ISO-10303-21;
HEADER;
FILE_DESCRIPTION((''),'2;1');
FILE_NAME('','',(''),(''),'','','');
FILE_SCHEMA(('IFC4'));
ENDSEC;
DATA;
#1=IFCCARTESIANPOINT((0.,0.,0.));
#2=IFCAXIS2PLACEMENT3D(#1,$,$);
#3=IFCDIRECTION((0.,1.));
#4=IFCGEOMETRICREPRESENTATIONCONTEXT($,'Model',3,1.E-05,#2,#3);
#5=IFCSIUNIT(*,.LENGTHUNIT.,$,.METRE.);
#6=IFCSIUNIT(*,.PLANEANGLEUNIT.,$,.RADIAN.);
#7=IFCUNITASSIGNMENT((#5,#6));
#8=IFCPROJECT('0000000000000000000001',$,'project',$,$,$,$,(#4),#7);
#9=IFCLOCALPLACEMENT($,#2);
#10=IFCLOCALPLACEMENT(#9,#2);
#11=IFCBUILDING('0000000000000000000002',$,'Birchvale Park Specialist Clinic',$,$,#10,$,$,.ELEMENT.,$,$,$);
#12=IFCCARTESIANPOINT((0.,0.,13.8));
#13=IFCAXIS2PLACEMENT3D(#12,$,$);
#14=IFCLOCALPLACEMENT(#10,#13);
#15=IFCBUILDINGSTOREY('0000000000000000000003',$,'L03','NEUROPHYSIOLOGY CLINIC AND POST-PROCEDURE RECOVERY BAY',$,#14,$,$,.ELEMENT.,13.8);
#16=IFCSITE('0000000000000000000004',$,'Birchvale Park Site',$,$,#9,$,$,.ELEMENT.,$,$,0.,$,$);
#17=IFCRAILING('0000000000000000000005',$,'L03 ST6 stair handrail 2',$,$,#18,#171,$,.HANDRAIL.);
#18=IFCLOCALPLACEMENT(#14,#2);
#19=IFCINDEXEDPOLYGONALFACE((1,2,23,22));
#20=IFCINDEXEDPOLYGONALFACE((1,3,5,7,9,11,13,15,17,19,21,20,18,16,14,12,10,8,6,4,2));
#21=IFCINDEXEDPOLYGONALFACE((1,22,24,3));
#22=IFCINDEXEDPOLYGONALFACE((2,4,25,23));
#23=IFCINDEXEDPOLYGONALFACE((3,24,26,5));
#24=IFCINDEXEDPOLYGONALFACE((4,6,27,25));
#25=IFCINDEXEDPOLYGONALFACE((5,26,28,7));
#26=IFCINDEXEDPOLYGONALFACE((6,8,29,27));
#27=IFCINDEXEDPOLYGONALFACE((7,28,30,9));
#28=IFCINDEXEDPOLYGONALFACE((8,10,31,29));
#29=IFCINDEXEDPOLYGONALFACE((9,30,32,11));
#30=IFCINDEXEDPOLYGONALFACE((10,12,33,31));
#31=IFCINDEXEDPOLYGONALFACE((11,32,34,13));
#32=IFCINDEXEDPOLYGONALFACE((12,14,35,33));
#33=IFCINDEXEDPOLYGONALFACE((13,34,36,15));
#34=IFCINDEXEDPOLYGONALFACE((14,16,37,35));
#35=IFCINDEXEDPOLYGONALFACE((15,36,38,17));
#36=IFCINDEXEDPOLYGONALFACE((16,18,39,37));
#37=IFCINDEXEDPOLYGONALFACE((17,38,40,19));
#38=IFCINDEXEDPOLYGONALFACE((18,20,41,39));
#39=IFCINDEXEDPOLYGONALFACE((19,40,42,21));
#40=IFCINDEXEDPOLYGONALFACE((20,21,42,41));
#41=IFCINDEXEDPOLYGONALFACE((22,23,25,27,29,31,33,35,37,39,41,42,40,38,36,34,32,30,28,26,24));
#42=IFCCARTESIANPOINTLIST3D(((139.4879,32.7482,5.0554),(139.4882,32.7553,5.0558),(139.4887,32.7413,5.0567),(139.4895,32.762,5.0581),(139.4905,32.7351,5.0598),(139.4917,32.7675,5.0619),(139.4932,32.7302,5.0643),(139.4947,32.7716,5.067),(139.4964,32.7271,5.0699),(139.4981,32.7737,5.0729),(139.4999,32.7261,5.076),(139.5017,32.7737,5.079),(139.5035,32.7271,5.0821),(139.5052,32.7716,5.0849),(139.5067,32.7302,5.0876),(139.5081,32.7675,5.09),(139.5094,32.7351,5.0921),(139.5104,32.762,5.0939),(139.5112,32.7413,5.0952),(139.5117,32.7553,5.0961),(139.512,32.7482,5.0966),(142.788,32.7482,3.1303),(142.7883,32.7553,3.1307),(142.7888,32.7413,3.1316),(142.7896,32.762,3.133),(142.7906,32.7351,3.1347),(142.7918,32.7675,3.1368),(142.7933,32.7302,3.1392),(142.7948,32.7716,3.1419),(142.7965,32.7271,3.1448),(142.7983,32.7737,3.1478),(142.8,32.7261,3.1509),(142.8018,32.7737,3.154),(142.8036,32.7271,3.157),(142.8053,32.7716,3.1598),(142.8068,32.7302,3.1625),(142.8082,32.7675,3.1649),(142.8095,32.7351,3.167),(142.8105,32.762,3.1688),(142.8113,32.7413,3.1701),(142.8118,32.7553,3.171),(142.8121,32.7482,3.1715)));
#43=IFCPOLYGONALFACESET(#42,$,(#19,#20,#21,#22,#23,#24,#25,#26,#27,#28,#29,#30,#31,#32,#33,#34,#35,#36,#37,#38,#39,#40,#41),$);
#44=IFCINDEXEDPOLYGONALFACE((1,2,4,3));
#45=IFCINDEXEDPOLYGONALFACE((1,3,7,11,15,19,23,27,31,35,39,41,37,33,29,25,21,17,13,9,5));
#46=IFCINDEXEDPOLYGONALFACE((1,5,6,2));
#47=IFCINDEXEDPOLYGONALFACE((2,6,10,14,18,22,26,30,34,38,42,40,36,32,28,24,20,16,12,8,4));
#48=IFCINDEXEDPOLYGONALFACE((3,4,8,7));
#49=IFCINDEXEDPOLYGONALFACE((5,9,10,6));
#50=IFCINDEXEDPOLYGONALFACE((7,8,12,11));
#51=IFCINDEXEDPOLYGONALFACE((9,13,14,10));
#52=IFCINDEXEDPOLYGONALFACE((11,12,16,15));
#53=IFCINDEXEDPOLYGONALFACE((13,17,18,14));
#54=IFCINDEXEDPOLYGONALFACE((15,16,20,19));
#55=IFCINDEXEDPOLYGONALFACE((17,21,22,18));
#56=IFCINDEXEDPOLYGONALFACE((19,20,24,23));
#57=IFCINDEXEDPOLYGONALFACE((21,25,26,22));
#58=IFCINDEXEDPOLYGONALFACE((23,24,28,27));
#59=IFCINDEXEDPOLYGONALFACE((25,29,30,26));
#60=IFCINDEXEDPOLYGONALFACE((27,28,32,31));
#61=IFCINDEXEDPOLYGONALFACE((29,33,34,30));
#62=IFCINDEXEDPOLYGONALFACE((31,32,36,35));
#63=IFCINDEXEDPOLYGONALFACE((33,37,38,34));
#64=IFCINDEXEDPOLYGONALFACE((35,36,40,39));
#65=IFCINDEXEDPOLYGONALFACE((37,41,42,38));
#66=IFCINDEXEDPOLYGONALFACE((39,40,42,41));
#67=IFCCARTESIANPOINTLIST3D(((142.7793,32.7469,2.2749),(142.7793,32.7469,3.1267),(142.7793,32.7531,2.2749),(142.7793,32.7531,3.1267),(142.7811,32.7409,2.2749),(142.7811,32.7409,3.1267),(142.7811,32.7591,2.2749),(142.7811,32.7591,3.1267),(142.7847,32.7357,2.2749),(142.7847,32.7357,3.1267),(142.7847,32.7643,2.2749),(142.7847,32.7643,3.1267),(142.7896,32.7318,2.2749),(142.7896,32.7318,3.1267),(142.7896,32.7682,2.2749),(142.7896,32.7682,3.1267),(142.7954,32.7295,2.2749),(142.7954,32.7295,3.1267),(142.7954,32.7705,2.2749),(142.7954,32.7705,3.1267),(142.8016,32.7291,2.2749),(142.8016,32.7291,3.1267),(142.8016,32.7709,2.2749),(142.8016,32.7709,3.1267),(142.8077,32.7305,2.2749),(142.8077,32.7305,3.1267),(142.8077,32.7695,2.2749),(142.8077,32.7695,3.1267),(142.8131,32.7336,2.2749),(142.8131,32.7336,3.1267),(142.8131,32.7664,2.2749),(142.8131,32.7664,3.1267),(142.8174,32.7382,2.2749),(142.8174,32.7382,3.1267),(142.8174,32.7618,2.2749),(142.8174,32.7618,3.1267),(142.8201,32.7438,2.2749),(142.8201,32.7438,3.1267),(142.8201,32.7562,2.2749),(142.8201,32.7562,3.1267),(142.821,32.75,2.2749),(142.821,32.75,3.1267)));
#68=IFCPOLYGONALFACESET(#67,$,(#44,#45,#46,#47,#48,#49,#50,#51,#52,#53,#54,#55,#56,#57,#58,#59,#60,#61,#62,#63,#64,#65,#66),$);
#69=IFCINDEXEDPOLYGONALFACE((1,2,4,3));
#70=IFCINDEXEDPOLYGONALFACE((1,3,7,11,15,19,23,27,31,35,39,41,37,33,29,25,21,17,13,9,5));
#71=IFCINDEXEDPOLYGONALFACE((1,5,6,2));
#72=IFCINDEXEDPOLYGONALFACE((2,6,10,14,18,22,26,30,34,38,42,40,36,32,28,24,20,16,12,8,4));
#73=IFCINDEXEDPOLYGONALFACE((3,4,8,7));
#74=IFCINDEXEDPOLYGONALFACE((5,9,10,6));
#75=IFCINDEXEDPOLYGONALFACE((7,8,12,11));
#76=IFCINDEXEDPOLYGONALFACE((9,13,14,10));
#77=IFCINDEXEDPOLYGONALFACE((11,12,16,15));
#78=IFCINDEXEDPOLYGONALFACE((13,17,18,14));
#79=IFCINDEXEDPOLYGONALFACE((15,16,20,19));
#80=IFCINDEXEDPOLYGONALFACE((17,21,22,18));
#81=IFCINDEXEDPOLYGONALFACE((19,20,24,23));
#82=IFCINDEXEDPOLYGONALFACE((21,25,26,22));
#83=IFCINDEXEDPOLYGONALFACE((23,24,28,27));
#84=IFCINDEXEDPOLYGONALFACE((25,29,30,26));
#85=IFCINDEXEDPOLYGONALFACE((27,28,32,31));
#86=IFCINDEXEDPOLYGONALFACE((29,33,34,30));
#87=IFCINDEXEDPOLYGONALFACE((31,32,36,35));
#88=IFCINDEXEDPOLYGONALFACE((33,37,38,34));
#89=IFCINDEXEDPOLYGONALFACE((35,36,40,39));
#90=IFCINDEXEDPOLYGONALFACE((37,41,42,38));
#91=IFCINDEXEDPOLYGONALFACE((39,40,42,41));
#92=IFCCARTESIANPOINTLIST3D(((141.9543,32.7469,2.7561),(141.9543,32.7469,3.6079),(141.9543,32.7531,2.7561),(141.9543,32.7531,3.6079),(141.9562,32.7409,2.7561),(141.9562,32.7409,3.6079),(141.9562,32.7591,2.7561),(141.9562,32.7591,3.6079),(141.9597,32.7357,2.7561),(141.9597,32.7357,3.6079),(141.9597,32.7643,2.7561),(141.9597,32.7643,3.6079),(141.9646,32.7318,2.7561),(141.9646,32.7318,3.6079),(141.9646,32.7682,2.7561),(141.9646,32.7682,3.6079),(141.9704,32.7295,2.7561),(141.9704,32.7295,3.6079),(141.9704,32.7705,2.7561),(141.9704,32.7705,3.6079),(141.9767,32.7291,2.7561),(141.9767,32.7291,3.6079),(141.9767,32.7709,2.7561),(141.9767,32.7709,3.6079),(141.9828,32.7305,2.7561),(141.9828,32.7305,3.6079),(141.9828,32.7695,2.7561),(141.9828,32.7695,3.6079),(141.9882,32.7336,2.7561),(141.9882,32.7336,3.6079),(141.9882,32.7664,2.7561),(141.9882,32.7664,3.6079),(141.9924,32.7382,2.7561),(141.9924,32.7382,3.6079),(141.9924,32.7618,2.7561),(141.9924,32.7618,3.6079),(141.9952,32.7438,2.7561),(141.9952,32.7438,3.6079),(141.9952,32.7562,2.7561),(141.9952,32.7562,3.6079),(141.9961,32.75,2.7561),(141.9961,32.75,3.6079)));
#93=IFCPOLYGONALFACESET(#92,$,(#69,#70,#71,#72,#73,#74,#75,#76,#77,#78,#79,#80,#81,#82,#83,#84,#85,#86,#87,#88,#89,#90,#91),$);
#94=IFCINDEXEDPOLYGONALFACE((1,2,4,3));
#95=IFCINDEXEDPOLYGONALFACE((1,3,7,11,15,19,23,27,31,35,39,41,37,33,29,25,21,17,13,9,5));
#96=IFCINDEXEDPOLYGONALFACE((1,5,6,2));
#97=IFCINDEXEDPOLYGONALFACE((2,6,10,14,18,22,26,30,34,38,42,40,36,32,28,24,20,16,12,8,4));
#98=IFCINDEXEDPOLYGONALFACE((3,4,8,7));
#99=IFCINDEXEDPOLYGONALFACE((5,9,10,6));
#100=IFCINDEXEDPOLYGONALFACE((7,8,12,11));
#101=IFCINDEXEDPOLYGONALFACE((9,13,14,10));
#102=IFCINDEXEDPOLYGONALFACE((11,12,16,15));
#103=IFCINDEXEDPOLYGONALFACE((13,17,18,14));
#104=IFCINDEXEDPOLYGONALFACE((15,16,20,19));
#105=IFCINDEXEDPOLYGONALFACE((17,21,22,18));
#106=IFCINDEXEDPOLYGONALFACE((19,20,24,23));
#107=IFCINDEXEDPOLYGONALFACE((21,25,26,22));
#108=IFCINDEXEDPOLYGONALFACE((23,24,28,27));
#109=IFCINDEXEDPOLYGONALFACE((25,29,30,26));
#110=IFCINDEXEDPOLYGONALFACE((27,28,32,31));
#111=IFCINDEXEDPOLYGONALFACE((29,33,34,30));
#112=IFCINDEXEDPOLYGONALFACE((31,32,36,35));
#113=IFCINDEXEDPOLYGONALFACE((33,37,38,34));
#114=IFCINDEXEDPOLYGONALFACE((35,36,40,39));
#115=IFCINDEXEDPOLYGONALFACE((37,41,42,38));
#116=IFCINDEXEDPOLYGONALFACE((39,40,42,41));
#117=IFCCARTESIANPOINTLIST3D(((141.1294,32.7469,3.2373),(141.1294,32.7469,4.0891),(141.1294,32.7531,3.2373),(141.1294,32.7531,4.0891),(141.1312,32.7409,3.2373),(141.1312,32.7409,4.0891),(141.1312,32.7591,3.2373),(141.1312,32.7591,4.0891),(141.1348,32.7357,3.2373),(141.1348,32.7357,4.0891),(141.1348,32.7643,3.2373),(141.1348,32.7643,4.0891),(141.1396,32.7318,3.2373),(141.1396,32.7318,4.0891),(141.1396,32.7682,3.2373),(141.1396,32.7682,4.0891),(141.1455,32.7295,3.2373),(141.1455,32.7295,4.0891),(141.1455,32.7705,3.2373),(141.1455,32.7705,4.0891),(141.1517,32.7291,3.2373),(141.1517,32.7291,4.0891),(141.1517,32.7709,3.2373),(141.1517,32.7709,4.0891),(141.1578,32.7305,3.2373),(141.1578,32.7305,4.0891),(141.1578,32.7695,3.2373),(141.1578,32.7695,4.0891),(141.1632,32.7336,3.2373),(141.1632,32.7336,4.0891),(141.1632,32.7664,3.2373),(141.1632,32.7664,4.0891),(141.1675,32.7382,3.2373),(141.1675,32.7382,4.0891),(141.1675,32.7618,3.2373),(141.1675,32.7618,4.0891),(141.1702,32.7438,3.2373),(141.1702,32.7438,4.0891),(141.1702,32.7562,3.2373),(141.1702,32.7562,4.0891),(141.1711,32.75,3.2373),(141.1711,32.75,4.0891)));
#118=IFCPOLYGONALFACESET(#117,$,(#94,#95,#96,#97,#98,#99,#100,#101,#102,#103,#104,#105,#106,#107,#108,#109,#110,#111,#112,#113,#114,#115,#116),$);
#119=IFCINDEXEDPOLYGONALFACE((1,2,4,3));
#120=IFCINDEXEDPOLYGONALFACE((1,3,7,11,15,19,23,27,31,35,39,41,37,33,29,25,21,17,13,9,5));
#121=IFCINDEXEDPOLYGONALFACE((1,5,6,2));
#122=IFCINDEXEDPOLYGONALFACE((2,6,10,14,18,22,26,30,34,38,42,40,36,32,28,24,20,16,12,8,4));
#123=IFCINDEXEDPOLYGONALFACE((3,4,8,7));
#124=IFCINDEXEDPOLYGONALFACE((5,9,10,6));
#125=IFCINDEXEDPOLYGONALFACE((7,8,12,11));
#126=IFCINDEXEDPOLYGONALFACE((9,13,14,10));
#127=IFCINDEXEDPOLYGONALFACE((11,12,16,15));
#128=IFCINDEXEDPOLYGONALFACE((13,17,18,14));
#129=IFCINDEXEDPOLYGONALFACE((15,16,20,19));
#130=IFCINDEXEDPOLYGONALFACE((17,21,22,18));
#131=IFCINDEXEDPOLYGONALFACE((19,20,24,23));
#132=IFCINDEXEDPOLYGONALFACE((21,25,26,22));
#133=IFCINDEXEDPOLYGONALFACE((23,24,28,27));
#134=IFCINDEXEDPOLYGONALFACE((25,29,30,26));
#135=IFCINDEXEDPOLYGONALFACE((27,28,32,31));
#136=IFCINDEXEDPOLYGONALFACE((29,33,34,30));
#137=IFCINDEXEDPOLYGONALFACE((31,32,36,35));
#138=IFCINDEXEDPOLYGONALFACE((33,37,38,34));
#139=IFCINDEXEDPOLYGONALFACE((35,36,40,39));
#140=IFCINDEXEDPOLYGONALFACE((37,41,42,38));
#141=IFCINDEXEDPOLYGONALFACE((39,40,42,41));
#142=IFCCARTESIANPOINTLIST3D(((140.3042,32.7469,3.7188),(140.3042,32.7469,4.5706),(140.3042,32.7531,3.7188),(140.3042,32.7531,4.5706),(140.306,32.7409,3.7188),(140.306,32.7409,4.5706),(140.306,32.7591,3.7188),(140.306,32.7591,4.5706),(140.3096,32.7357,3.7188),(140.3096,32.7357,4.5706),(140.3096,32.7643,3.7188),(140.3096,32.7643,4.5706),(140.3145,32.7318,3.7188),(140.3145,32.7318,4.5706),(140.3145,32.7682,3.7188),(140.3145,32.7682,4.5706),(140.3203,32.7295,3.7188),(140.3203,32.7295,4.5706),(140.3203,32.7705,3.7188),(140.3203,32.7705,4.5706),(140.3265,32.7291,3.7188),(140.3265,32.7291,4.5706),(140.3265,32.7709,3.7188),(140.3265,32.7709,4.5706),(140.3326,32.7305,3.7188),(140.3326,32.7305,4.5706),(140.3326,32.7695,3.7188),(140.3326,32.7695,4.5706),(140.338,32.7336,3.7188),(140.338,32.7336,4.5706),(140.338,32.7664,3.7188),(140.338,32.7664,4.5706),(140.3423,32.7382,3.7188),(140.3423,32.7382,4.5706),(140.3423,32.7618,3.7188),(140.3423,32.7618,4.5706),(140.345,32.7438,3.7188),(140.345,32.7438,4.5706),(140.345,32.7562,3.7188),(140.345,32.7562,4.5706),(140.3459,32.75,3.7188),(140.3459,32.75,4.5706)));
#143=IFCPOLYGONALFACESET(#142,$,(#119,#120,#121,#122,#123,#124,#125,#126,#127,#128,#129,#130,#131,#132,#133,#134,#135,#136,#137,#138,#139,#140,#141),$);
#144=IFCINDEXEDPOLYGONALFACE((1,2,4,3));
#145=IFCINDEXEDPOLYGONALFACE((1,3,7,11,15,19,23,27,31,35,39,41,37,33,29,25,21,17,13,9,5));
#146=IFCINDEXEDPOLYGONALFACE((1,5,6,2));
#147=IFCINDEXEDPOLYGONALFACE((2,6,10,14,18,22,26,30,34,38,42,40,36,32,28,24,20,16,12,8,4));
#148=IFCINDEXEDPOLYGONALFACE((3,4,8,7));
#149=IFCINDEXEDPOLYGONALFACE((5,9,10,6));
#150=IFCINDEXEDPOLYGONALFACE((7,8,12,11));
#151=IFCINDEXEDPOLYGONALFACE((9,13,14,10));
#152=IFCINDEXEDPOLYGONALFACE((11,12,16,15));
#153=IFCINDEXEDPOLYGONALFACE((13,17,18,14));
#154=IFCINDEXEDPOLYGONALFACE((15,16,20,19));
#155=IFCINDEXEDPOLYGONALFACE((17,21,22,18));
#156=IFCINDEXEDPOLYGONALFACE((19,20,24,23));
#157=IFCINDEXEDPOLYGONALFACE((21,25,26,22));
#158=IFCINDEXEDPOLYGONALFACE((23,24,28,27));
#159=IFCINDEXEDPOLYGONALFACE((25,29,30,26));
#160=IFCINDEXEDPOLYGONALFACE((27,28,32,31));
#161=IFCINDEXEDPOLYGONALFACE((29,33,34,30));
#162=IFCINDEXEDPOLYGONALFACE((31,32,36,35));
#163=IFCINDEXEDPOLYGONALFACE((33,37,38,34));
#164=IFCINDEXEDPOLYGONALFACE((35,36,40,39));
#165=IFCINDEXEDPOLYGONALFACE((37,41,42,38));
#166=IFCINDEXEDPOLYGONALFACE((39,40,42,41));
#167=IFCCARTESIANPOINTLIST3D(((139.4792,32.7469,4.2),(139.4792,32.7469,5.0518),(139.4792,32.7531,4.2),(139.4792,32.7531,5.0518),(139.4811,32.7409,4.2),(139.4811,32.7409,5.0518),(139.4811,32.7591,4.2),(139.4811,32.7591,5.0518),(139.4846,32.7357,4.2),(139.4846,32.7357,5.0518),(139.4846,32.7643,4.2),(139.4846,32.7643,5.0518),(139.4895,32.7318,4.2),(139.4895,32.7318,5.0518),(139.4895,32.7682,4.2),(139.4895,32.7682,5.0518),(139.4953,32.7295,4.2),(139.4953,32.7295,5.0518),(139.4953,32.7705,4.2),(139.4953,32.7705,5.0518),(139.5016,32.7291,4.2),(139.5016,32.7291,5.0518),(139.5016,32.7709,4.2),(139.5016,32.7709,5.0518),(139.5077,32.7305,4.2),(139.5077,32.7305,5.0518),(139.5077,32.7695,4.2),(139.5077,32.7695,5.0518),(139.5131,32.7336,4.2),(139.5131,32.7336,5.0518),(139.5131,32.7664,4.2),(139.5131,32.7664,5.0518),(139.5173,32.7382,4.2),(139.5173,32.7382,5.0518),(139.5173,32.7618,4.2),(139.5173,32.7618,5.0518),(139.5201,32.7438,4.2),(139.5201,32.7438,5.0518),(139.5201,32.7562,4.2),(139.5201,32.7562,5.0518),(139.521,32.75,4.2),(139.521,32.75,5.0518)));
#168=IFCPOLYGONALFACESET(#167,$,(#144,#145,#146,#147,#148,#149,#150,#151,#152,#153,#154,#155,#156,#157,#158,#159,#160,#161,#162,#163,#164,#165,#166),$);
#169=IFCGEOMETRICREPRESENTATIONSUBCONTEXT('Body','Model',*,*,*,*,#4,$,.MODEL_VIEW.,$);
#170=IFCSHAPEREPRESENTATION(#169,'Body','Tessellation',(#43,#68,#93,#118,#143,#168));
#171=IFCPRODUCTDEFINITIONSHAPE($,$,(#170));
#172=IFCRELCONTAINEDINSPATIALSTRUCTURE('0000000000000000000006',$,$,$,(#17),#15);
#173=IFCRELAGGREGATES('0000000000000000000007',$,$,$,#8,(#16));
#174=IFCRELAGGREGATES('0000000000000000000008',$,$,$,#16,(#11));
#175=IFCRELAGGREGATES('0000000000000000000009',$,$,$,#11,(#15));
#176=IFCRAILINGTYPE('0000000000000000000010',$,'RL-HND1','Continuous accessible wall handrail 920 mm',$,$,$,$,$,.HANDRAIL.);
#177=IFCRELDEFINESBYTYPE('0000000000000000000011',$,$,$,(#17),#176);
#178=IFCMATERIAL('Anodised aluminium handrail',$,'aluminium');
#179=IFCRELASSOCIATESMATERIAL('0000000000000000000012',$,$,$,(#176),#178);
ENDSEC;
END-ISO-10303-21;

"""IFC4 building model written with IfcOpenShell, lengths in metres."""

from ifc_helpers import new_model, si_unit, direction, frame, origin, origin_2d, place, context, subcontext, project, spatial, circle, extrude, material, type_object, element, save


model = new_model("IFC4")

# Units and contexts
model_context = context("Model", 3, precision=1e-05, world=origin(), true_north=direction((0.0, 1.0)))
body_context = subcontext(model_context, "Body", "Model", "MODEL_VIEW")
ifc_project = project(units=[si_unit("LENGTHUNIT", "METRE"), si_unit("PLANEANGLEUNIT", "RADIAN")], contexts=[model_context])

# Site, building, storey
site_placement = place(None, origin())
site = spatial("IfcSite", under=ifc_project, at=site_placement, Name="Birchvale Park Site", CompositionType="ELEMENT", RefElevation=0.0)
building_placement = place(site_placement, origin())
building = spatial("IfcBuilding", under=site, at=building_placement, Name="Birchvale Park Specialist Clinic", CompositionType="ELEMENT")
storey_placement = place(building_placement, frame((0.0, 0.0, 13.8)))
storey = spatial("IfcBuildingStorey", under=building, at=storey_placement, Name="L03", Description="NEUROPHYSIOLOGY CLINIC AND POST-PROCEDURE RECOVERY BAY", CompositionType="ELEMENT", Elevation=13.8)

# Railing
ifc_material_1 = material(Name="Anodised aluminium handrail", Category="aluminium")
railing_type_1 = type_object("IfcRailingType", Name="RL-HND1", Description="Continuous accessible wall handrail 920 mm", PredefinedType="HANDRAIL", material=ifc_material_1)
railing_1_placement = place(storey_placement, frame((142.8, 32.75, 2.2749)))
element("IfcRailing", 1, at=railing_1_placement, inside=storey, type_object=railing_type_1, Name="L03 ST6 stair handrail 2", PredefinedType="HANDRAIL", context=body_context, shape_type="SweptSolid", body=[
    extrude(circle(Radius=0.0239, at=origin_2d()), frame((0.0, 0.0, 0.876), z_axis=(-0.863777, 0.0, 0.503875), x_axis=(0.0, -1.0, 0.0)), (0.0, 0.0, 1.0), 3.8206),
    extrude(circle(Radius=0.021, at=origin_2d()), origin(), (0.0, 0.0, 1.0), 0.8518),
    extrude(circle(Radius=0.021, at=origin_2d()), frame((-0.825, 0.0, 0.4812)), (0.0, 0.0, 1.0), 0.8518),
    extrude(circle(Radius=0.021, at=origin_2d()), frame((-1.6499, 0.0, 0.9624)), (0.0, 0.0, 1.0), 0.8518),
    extrude(circle(Radius=0.021, at=origin_2d()), frame((-2.4751, 0.0, 1.4438)), (0.0, 0.0, 1.0), 0.8518),
    extrude(circle(Radius=0.021, at=origin_2d()), frame((-3.3, 0.0, 1.925)), (0.0, 0.0, 1.0), 0.8518),
])

save(model, "model.ifc")
